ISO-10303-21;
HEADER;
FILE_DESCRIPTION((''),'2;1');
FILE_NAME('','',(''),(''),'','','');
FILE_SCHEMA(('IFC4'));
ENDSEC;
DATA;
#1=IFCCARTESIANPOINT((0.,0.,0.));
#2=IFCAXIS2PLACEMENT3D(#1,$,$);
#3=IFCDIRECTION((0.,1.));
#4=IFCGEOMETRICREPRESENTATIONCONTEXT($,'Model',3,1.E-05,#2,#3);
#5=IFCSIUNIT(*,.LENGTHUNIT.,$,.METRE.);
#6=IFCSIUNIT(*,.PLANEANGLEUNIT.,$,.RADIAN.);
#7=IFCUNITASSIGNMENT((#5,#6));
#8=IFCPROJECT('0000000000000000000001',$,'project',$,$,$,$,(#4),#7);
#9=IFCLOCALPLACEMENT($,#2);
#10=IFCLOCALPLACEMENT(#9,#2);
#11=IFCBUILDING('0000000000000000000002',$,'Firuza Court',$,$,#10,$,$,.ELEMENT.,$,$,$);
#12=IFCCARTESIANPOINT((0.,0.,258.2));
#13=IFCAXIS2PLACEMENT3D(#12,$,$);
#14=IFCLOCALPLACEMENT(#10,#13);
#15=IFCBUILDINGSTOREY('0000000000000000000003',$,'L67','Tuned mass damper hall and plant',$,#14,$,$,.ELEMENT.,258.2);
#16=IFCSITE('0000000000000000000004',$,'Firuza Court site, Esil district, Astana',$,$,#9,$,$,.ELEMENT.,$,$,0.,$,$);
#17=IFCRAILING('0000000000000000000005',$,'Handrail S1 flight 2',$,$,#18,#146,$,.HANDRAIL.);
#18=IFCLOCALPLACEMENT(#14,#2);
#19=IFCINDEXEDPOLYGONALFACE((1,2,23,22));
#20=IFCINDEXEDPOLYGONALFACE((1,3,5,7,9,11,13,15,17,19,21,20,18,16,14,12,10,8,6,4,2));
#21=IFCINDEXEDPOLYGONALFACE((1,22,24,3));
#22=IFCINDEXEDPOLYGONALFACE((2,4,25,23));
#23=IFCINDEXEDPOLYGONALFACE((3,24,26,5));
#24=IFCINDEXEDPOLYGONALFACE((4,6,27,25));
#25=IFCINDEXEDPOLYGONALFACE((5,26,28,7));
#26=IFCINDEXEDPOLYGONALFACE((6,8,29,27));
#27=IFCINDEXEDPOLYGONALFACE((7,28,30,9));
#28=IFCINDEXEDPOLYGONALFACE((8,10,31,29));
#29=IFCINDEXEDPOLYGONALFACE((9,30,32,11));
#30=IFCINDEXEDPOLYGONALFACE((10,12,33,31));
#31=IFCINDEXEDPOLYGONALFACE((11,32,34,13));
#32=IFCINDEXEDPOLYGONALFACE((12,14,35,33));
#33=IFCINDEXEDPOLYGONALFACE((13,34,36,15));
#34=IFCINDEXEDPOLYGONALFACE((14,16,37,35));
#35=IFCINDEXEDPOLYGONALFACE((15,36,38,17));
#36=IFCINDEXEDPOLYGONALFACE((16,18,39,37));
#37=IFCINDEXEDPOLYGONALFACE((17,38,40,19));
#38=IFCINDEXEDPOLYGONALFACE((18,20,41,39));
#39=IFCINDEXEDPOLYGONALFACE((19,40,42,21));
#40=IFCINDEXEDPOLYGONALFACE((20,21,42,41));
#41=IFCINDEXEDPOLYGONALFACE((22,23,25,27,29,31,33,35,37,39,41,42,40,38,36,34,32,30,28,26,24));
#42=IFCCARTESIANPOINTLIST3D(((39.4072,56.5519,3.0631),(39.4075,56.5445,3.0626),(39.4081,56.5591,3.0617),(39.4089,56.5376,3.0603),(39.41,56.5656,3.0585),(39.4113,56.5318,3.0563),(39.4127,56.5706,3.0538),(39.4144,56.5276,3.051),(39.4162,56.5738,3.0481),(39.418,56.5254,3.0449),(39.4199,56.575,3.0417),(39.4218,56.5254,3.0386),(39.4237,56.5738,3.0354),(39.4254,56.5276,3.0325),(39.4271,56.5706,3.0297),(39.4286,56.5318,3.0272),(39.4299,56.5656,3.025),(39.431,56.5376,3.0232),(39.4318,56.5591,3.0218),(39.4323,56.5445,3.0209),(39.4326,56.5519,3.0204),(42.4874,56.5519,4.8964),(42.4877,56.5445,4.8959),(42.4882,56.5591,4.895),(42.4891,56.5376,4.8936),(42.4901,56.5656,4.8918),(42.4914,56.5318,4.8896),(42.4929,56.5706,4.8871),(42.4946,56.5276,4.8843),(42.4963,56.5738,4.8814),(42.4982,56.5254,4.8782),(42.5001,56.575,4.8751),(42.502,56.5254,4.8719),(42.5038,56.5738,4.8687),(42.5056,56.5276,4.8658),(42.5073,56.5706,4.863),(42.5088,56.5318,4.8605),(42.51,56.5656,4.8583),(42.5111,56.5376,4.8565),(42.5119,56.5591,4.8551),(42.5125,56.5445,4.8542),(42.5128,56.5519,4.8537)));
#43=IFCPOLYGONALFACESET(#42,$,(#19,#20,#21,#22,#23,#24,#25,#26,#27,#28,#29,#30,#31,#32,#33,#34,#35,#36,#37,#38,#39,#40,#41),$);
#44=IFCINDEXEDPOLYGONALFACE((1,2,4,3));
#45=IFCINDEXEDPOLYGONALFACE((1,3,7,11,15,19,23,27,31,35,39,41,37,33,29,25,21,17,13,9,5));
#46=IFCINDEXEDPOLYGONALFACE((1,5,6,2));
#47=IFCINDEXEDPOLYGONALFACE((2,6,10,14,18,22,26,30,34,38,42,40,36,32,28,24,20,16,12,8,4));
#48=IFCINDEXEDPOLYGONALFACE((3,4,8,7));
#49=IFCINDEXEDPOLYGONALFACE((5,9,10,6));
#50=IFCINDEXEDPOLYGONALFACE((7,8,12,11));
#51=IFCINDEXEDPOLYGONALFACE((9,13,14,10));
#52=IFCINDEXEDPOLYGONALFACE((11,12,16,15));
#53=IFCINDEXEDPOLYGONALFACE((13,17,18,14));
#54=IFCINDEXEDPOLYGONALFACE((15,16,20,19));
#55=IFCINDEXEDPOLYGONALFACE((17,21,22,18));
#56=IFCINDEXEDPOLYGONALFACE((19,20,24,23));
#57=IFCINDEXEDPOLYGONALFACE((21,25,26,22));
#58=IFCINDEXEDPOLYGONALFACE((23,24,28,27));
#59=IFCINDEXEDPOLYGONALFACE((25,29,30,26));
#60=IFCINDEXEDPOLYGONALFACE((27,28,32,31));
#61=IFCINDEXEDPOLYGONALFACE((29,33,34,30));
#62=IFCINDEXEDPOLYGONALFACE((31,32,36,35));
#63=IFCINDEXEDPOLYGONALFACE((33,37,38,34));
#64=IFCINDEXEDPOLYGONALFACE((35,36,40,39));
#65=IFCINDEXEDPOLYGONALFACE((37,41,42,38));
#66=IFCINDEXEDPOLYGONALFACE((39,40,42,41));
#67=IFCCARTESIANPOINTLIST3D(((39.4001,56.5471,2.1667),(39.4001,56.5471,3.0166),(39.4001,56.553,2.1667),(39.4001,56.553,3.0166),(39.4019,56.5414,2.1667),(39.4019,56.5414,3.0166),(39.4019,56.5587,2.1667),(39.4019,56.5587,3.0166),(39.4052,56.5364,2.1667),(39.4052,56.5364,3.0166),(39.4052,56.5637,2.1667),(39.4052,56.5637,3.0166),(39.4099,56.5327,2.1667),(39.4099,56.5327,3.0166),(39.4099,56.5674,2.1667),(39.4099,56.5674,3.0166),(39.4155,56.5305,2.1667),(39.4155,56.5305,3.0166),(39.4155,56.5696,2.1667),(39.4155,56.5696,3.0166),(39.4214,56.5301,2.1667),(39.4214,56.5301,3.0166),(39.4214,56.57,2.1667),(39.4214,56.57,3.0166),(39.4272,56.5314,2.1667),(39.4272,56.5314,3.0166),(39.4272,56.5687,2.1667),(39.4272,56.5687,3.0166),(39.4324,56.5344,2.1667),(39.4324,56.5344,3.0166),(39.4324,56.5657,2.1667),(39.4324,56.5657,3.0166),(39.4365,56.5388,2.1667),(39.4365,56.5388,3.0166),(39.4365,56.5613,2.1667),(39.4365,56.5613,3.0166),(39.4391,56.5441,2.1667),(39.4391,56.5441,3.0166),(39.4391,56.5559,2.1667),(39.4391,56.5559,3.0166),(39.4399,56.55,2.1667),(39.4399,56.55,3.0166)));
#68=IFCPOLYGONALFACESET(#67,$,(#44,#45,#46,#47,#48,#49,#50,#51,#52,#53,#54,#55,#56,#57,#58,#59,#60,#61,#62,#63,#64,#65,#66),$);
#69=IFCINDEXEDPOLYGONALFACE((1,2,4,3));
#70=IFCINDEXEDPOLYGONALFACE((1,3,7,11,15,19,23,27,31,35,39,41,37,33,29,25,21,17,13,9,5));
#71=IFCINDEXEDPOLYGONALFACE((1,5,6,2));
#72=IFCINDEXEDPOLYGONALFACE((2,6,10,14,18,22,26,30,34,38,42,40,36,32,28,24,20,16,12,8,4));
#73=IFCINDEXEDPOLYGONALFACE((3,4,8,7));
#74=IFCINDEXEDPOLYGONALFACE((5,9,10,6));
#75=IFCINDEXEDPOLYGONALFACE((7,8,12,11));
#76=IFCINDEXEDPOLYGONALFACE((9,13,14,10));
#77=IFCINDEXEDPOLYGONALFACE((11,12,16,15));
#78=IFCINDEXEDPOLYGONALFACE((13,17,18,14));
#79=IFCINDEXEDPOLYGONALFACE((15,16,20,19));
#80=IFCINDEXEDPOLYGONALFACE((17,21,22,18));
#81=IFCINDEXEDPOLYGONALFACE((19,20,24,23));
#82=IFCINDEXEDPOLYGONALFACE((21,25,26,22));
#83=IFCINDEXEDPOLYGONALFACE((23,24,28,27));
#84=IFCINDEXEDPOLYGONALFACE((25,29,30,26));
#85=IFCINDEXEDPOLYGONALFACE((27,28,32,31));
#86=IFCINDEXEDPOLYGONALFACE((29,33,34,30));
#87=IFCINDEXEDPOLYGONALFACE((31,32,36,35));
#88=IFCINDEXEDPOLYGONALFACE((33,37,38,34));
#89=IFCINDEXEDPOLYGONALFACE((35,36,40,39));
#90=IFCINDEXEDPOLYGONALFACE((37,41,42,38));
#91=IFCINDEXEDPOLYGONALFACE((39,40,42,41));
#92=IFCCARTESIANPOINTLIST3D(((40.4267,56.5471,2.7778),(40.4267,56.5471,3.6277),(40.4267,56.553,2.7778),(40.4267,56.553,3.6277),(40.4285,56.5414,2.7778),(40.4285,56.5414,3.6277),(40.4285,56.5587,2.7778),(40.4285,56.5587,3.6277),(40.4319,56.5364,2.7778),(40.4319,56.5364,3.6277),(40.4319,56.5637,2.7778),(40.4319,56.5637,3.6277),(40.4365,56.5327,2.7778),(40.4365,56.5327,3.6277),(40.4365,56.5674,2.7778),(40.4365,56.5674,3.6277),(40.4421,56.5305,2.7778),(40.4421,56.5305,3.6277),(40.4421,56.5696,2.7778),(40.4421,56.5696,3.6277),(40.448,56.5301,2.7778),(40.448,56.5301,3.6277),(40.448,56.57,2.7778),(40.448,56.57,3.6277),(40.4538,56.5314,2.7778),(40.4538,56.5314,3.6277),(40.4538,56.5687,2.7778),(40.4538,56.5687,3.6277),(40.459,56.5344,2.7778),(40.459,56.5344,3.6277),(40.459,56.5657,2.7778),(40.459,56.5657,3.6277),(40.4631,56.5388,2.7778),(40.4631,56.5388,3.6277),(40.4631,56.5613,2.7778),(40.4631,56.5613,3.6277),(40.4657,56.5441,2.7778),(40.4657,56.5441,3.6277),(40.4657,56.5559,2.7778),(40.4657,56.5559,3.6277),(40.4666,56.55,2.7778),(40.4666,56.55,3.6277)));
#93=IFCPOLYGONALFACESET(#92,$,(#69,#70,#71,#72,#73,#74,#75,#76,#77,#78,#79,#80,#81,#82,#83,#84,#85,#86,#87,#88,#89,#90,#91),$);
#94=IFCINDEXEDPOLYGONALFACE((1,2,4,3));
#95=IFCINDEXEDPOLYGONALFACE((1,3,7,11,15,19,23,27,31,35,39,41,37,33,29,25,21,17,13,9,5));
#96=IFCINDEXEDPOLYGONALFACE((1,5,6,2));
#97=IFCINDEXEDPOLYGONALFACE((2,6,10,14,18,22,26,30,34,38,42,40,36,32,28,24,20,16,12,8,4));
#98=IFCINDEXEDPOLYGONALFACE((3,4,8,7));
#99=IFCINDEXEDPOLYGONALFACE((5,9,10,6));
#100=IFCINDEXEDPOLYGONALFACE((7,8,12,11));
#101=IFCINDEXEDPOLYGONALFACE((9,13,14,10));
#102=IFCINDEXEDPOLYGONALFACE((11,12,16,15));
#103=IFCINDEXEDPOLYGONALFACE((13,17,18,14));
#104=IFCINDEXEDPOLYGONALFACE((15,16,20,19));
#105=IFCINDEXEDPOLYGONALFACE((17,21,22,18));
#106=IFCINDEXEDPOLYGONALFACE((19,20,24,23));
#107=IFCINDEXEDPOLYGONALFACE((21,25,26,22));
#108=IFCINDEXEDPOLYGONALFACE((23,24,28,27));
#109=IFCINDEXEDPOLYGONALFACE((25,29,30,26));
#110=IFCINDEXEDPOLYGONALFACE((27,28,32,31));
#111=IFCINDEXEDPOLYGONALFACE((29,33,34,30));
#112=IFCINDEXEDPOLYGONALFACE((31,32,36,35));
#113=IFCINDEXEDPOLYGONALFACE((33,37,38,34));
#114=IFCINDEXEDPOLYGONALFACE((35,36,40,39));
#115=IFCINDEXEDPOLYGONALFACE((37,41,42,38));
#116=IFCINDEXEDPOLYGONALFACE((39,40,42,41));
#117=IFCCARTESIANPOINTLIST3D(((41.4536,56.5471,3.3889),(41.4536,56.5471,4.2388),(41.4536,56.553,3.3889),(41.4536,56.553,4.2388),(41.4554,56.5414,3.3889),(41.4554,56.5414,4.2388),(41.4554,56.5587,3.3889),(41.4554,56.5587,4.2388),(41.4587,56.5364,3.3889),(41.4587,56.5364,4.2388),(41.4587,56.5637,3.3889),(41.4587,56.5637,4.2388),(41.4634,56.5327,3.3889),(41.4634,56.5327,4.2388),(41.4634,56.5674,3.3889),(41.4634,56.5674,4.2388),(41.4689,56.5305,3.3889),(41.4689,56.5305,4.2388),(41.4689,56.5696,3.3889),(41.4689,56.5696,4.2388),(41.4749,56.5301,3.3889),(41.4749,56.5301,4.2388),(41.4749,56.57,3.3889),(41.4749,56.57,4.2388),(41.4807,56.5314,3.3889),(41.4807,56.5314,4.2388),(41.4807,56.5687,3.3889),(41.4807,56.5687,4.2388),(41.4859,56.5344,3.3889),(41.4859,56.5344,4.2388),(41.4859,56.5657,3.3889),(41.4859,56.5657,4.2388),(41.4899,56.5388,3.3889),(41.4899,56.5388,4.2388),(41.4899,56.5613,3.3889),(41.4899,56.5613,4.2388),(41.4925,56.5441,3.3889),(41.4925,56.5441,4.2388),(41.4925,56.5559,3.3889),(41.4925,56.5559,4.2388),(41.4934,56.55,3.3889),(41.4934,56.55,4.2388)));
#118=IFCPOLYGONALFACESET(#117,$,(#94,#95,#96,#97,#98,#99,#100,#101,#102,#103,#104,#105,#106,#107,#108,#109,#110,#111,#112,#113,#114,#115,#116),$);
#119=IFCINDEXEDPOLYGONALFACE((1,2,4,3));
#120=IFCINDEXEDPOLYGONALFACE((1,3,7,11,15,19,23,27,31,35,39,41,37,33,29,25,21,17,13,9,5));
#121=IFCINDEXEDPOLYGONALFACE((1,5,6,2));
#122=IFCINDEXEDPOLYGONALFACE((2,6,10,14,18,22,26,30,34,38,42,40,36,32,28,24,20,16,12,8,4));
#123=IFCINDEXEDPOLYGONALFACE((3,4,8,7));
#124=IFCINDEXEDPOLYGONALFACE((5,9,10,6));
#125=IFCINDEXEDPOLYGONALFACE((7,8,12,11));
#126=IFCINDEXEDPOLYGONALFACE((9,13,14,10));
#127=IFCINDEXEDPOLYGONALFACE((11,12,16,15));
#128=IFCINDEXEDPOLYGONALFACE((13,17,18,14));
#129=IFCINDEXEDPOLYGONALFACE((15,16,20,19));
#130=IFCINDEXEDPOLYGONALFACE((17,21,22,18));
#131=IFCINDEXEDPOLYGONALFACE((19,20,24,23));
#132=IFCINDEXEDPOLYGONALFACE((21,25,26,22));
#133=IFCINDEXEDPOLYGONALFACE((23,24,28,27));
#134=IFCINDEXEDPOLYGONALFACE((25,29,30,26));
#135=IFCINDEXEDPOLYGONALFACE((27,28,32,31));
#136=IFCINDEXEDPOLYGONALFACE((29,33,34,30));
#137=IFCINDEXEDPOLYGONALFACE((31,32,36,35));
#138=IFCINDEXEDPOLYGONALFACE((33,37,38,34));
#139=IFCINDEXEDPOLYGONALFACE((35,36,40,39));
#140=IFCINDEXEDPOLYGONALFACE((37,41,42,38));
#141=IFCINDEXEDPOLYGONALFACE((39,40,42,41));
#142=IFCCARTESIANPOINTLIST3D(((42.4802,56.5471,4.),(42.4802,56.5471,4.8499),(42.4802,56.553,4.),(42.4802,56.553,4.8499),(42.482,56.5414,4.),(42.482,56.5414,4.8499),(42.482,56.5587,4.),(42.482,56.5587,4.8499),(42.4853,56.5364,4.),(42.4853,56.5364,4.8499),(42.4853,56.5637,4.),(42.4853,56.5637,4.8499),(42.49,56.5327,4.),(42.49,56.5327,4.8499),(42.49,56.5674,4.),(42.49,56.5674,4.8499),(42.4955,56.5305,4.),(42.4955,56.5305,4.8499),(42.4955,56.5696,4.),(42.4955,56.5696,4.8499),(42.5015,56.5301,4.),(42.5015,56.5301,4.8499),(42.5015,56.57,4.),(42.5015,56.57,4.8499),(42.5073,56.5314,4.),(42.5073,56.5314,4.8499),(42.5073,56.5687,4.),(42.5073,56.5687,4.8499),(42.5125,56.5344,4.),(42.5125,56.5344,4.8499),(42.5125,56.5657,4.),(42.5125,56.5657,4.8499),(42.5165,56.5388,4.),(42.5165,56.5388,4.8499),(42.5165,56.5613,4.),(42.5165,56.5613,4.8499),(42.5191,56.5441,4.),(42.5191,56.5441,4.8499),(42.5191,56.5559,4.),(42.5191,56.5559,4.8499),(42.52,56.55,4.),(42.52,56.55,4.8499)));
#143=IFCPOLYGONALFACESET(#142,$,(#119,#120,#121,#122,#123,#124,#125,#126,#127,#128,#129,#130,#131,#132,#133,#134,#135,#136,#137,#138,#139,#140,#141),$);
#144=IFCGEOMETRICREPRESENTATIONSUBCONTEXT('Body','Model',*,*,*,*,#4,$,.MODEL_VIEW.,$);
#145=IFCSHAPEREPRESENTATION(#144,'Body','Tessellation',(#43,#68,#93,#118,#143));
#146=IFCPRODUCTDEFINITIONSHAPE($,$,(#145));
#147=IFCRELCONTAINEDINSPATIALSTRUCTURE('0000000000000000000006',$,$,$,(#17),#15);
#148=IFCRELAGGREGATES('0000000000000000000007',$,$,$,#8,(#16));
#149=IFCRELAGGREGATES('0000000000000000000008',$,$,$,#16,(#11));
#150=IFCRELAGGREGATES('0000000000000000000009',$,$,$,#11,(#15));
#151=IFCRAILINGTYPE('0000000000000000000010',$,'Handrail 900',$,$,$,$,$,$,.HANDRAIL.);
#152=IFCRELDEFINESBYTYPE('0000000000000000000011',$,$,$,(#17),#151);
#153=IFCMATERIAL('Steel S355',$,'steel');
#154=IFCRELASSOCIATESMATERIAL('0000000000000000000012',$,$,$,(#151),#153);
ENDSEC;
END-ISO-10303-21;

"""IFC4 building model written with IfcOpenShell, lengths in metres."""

from ifc_helpers import new_model, si_unit, direction, frame, origin, origin_2d, place, context, subcontext, project, spatial, circle, extrude, material, type_object, element, save


model = new_model("IFC4")

# Units and contexts
model_context = context("Model", 3, precision=1e-05, world=origin(), true_north=direction((0.0, 1.0)))
body_context = subcontext(model_context, "Body", "Model", "MODEL_VIEW")
ifc_project = project(units=[si_unit("LENGTHUNIT", "METRE"), si_unit("PLANEANGLEUNIT", "RADIAN")], contexts=[model_context])

# Site, building, storey
site_placement = place(None, origin())
site = spatial("IfcSite", under=ifc_project, at=site_placement, Name="Firuza Court site, Esil district, Astana", CompositionType="ELEMENT", RefElevation=0.0)
building_placement = place(site_placement, origin())
building = spatial("IfcBuilding", under=site, at=building_placement, Name="Firuza Court", CompositionType="ELEMENT")
storey_placement = place(building_placement, frame((0.0, 0.0, 258.2)))
storey = spatial("IfcBuildingStorey", under=building, at=storey_placement, Name="L67", Description="Tuned mass damper hall and plant", CompositionType="ELEMENT", Elevation=258.2)

# Railing
ifc_material_1 = material(Name="Steel S355", Category="steel")
railing_type_1 = type_object("IfcRailingType", Name="Handrail 900", PredefinedType="HANDRAIL", material=ifc_material_1)
for number, where, name in (
    (1, (39.4199, 56.55, 2.1667), "Handrail S1 flight 2"),
):
    element("IfcRailing", number, at=place(storey_placement, frame(where)), inside=storey, type_object=railing_type_1, Name=name, PredefinedType="HANDRAIL", context=body_context, shape_type="SweptSolid", body=[
        extrude(circle(Radius=0.0249, at=origin_2d()), frame((0.0, 0.0, 0.875), z_axis=(0.859309, 0.0, 0.511458), x_axis=(0.0, 1.0, 0.0)), (0.0, 0.0, 1.0), 3.5845),
        extrude(circle(Radius=0.02, at=origin_2d()), origin(), (0.0, 0.0, 1.0), 0.8499),
        extrude(circle(Radius=0.02, at=origin_2d()), frame((1.0266, 0.0, 0.6111)), (0.0, 0.0, 1.0), 0.8499),
        extrude(circle(Radius=0.02, at=origin_2d()), frame((2.0535, 0.0, 1.2222)), (0.0, 0.0, 1.0), 0.8499),
        extrude(circle(Radius=0.02, at=origin_2d()), frame((3.0801, 0.0, 1.8333)), (0.0, 0.0, 1.0), 0.8499),
    ])

save(model, "model.ifc")
